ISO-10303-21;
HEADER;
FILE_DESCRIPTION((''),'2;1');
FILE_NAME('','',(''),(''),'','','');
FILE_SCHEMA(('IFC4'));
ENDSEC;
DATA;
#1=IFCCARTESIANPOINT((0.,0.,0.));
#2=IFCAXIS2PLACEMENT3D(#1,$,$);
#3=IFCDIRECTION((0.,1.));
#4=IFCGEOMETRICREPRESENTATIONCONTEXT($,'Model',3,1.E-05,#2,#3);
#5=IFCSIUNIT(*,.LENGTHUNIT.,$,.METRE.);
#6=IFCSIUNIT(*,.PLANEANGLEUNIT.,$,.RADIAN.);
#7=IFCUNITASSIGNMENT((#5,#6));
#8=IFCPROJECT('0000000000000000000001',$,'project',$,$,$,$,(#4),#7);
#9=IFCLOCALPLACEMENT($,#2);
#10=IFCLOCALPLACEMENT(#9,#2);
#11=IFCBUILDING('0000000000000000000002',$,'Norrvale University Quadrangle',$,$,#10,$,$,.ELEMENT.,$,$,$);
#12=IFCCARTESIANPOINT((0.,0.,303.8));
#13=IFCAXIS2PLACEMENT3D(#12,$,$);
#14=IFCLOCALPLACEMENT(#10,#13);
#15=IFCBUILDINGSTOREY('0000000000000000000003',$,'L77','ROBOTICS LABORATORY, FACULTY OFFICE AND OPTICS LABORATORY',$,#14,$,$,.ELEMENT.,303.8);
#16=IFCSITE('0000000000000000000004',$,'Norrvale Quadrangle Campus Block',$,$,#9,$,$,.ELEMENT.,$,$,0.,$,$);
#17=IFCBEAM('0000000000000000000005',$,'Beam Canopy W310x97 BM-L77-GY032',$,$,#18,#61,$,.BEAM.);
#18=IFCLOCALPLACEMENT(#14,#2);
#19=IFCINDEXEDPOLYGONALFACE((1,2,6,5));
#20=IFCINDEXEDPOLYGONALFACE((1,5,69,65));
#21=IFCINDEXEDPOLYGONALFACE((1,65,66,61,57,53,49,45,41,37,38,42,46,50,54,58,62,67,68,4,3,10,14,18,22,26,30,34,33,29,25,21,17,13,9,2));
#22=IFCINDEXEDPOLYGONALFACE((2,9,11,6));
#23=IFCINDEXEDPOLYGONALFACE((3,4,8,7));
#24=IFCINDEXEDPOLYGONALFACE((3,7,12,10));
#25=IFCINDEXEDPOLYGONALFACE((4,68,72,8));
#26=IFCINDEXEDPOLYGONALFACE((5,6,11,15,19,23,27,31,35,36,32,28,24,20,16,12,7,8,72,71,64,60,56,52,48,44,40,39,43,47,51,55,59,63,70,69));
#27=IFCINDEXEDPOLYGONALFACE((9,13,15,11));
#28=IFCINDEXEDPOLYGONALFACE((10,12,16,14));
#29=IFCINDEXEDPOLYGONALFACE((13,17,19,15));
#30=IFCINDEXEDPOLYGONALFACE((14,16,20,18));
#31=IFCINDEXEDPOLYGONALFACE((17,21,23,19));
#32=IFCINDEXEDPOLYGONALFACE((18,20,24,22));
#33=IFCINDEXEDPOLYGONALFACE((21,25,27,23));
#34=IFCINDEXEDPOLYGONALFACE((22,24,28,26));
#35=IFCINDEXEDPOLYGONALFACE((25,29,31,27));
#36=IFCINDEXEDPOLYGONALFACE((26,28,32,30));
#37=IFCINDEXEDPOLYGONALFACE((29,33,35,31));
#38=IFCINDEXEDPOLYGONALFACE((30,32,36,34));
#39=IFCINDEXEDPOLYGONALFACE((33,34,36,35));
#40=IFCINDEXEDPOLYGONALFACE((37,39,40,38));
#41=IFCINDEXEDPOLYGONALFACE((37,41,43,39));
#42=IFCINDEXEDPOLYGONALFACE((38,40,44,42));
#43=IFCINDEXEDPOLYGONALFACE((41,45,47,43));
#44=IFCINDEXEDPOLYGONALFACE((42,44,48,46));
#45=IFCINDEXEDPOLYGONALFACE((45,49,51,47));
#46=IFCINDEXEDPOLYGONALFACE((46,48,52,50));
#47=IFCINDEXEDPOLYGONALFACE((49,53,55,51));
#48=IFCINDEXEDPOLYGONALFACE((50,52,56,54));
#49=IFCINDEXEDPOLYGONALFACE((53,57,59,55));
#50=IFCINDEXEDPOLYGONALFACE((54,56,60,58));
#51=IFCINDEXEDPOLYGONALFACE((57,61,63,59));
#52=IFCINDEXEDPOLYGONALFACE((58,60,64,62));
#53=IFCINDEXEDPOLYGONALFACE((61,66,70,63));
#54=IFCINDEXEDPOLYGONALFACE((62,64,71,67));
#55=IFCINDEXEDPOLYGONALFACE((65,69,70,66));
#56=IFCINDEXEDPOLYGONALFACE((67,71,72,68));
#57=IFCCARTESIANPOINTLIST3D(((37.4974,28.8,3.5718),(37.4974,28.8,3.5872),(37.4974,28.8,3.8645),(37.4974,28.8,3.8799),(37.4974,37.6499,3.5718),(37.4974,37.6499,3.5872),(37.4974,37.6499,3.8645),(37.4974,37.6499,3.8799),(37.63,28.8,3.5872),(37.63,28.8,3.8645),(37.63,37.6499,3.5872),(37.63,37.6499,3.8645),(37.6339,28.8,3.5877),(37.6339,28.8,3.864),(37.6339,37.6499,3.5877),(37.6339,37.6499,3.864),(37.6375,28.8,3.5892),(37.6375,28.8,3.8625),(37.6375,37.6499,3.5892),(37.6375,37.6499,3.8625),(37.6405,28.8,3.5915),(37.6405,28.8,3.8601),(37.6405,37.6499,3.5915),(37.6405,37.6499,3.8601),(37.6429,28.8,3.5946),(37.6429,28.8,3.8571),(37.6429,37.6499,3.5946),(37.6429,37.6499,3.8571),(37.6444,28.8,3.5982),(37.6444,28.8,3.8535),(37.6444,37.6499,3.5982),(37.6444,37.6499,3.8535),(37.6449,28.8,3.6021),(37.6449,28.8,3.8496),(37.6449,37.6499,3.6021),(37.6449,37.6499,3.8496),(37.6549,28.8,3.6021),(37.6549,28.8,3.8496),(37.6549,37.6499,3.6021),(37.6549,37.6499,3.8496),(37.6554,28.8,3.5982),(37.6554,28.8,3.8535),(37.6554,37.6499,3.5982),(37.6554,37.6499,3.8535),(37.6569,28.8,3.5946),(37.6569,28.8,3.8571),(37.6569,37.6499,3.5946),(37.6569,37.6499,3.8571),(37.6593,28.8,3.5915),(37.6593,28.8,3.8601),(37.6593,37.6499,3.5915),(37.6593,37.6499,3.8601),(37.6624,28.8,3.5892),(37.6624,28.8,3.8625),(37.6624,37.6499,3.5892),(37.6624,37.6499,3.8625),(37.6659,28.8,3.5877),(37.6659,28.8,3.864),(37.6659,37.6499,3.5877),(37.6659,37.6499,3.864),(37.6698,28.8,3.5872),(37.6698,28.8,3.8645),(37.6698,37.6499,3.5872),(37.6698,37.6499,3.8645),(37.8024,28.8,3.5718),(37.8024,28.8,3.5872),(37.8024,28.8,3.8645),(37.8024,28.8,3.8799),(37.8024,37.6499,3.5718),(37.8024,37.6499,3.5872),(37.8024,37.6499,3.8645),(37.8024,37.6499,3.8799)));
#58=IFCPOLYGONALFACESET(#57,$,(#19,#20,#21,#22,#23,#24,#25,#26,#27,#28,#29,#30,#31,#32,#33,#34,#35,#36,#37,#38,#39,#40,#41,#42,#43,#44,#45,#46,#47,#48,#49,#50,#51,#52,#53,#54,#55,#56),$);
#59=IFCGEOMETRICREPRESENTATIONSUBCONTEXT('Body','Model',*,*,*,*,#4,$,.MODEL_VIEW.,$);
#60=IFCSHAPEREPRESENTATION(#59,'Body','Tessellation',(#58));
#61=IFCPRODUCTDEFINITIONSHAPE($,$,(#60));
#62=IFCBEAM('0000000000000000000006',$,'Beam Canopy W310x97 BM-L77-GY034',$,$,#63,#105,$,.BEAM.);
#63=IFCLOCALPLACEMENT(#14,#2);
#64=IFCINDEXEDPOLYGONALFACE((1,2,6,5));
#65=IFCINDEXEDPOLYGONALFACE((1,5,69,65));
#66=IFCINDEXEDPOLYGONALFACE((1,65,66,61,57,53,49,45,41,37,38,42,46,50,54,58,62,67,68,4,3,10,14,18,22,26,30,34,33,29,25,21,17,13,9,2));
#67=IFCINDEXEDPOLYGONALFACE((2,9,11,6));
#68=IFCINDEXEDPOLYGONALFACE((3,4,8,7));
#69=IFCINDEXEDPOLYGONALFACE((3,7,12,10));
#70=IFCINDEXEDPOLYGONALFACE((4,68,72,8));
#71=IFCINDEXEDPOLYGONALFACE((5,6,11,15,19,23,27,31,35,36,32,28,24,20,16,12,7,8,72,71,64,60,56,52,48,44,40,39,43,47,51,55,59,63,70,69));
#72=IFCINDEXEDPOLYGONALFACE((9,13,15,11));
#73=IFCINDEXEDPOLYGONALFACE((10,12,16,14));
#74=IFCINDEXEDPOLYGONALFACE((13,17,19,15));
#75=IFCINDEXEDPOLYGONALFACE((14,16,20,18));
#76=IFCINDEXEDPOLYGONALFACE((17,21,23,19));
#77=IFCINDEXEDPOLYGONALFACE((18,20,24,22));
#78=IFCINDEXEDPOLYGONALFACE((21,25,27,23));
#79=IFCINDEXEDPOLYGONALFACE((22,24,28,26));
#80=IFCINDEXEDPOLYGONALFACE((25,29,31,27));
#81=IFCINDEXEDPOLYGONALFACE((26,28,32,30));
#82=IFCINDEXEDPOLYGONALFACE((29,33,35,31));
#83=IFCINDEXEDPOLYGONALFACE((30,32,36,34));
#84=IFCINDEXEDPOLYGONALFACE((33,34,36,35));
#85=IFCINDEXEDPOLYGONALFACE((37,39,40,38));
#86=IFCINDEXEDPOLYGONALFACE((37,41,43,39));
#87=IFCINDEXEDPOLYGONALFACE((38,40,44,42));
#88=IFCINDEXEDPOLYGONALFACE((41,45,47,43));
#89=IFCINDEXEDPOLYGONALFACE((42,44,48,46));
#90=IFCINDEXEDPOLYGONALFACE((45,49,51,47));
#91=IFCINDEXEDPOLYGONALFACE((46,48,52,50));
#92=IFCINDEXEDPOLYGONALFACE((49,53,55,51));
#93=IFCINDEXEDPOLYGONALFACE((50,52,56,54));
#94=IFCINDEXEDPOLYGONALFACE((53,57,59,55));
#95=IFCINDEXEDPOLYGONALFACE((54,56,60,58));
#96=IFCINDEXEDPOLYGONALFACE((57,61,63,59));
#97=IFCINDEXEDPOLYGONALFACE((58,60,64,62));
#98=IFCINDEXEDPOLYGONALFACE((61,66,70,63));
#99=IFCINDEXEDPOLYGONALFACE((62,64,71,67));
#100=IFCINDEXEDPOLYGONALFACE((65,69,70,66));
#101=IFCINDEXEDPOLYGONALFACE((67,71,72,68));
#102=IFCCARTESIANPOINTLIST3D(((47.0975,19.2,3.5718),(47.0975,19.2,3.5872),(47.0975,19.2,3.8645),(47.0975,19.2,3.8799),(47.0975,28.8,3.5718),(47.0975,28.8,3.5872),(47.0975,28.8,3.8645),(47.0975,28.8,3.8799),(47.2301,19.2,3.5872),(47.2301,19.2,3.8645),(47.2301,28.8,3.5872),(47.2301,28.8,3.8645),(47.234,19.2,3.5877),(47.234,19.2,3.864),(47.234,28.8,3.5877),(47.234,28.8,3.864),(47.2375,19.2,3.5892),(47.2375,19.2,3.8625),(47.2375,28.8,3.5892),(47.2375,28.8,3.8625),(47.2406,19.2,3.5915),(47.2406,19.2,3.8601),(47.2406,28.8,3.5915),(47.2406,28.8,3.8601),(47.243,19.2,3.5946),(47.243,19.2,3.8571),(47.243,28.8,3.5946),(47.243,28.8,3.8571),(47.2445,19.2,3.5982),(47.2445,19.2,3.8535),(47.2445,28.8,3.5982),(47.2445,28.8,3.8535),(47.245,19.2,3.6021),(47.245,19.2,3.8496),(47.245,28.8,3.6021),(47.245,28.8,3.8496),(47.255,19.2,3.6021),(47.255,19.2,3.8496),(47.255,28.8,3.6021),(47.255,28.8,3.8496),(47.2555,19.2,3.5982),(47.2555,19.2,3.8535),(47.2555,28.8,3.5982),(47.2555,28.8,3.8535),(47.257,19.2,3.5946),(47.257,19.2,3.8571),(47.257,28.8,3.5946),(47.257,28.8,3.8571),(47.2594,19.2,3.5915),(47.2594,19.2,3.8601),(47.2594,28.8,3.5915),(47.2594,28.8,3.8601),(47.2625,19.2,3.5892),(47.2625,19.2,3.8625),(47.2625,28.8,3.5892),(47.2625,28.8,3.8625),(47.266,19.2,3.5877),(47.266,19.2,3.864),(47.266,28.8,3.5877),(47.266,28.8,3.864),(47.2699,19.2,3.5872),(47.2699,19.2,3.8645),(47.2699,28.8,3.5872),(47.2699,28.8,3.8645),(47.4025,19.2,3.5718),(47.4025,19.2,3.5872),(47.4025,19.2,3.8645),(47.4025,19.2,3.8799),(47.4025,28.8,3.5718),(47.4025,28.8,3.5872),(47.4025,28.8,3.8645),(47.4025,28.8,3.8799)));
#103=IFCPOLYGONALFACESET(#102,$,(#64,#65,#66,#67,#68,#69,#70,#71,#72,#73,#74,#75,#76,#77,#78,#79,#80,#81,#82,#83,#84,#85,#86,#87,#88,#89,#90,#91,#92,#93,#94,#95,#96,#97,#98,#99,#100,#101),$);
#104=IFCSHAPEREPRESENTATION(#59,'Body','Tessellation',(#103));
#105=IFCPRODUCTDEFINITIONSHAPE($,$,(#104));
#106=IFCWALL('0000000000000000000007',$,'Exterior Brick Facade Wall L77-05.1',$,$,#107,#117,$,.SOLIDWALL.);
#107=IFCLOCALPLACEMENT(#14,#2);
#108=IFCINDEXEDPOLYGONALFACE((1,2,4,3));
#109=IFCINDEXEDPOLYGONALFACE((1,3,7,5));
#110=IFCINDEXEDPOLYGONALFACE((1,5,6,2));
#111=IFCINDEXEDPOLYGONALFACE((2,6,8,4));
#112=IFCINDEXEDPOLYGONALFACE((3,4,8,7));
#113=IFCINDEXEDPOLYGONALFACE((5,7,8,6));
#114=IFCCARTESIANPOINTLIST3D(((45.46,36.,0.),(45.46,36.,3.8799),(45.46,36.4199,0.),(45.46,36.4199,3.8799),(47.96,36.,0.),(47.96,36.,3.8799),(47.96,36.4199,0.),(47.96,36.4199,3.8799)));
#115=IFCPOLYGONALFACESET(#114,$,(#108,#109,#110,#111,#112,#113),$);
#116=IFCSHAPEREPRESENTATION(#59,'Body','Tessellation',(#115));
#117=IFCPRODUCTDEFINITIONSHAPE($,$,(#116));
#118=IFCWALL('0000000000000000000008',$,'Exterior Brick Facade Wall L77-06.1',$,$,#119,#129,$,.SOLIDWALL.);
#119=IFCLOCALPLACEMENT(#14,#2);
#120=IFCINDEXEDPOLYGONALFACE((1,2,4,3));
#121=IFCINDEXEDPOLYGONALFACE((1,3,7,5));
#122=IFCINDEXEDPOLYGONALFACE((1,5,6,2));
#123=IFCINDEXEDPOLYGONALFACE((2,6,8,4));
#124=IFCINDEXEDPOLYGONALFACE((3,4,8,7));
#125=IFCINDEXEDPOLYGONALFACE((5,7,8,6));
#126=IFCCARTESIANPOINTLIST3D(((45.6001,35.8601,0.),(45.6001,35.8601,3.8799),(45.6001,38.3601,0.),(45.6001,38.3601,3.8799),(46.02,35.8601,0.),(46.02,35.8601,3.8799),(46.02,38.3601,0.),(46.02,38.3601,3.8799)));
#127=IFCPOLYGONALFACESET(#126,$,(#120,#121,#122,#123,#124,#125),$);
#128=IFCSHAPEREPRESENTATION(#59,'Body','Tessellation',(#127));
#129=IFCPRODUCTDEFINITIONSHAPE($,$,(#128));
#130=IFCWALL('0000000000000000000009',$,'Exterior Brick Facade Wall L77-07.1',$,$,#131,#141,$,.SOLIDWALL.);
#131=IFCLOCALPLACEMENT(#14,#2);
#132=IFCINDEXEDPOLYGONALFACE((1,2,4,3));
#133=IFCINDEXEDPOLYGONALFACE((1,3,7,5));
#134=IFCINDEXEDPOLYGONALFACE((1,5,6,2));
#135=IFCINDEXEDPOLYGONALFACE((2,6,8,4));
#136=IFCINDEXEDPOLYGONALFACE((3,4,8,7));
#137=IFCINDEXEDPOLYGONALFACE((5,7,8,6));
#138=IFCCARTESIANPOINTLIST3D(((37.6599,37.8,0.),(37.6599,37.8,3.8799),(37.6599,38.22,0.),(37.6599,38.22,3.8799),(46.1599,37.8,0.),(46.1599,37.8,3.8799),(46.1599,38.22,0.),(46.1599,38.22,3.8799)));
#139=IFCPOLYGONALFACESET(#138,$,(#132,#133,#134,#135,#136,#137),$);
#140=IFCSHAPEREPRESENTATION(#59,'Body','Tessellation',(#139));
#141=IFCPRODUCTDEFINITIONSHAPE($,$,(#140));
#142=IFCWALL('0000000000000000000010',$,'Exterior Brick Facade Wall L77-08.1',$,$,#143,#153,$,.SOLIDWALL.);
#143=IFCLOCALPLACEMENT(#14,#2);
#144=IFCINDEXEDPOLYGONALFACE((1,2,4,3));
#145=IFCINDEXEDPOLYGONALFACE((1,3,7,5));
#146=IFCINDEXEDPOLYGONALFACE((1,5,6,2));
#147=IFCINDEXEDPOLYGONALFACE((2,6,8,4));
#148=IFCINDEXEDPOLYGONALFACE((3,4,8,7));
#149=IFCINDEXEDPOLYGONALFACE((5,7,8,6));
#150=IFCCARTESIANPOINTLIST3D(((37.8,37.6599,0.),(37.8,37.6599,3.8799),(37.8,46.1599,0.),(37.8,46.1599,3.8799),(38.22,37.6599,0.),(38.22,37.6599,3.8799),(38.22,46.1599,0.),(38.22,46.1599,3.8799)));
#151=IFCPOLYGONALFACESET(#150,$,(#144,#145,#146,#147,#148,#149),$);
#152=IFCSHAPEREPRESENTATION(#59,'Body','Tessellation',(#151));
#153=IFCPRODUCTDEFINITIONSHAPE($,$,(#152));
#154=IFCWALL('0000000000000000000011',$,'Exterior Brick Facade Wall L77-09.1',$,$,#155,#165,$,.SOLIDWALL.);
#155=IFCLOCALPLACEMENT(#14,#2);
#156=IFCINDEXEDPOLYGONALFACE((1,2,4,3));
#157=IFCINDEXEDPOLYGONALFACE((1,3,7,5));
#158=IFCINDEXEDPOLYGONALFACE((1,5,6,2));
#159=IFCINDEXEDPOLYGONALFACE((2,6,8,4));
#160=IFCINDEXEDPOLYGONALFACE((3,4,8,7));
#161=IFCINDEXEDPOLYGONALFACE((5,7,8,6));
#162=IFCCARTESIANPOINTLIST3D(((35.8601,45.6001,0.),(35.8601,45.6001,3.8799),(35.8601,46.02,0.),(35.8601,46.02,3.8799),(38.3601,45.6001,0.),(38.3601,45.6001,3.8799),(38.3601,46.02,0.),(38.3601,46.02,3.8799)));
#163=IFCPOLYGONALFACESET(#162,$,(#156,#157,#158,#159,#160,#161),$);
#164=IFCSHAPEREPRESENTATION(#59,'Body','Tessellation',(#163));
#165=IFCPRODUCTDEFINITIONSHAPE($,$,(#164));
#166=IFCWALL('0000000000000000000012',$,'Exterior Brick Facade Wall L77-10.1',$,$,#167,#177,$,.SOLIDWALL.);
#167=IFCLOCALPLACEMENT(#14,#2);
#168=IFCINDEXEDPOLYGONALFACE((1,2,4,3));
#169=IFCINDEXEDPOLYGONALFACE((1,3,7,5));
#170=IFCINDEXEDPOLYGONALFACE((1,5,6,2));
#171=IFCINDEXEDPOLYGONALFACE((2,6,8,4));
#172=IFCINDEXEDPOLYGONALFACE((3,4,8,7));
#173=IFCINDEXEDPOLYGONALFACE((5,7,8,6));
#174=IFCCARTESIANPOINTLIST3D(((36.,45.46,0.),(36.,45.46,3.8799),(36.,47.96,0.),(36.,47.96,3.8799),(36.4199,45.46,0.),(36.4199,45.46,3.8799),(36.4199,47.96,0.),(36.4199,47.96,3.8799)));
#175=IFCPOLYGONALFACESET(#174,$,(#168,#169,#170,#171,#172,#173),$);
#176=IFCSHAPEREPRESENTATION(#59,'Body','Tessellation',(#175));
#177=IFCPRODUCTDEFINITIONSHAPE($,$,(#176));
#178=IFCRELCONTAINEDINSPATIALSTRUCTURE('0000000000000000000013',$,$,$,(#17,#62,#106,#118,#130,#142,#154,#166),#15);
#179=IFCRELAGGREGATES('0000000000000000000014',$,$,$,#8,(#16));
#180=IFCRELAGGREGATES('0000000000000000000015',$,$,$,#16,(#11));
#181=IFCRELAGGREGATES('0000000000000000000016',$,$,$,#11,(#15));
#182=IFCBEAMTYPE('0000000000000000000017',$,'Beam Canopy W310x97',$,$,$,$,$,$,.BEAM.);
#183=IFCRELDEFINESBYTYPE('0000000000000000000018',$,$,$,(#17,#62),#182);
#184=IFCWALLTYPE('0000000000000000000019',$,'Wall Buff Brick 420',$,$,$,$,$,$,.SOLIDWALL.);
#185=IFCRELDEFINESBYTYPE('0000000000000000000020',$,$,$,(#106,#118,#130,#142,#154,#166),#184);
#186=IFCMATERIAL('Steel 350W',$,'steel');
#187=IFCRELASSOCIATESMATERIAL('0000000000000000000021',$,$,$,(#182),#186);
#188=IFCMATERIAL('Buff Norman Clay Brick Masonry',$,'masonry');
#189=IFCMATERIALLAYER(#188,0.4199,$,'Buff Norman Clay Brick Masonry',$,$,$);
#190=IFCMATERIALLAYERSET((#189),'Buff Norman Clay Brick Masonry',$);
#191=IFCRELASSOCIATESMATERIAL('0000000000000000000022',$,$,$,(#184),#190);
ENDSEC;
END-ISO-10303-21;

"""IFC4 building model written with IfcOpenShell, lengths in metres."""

from ifc_helpers import new_model, si_unit, direction, frame, frame_2d, origin, origin_2d, place, context, subcontext, project, spatial, rectangle, i_section, extrude, material, layer, layer_set, material_profile, profile_set, type_object, element, save


model = new_model("IFC4")

# Units and contexts
model_context = context("Model", 3, precision=1e-05, world=origin(), true_north=direction((0.0, 1.0)))
body_context = subcontext(model_context, "Body", "Model", "MODEL_VIEW")
ifc_project = project(units=[si_unit("LENGTHUNIT", "METRE"), si_unit("PLANEANGLEUNIT", "RADIAN")], contexts=[model_context])

# Site, building, storey
site_placement = place(None, origin())
site = spatial("IfcSite", under=ifc_project, at=site_placement, Name="Norrvale Quadrangle Campus Block", CompositionType="ELEMENT", RefElevation=0.0)
building_placement = place(site_placement, origin())
building = spatial("IfcBuilding", under=site, at=building_placement, Name="Norrvale University Quadrangle", CompositionType="ELEMENT")
storey_placement = place(building_placement, frame((0.0, 0.0, 303.8)))
storey = spatial("IfcBuildingStorey", under=building, at=storey_placement, Name="L77", Description="ROBOTICS LABORATORY, FACULTY OFFICE AND OPTICS LABORATORY", CompositionType="ELEMENT", Elevation=303.8)

# Beams
ifc_material_1 = material(Name="Steel 350W", Category="steel")
ifc_material_profile_1 = material_profile(ifc_material_1, i_section(OverallWidth=0.3049, OverallDepth=0.3081, WebThickness=0.01, FlangeThickness=0.0154, FilletRadius=0.0149, at=origin_2d()), Name="Steel 350W")
ifc_profile_set_1 = profile_set([ifc_material_profile_1], Name="Steel 350W")
beam_type_1 = type_object("IfcBeamType", Name="Beam Canopy W310x97", PredefinedType="BEAM", material=ifc_profile_set_1)
beam_1_placement = place(storey_placement, frame((37.6499, 28.8, 3.7258), z_axis=(0.0, 1.0, 0.0), x_axis=(-1.0, 0.0, 0.0)))
element("IfcBeam", 1, at=beam_1_placement, inside=storey, type_object=beam_type_1, Name="Beam Canopy W310x97 BM-L77-GY032", PredefinedType="BEAM", context=body_context, shape_type="SweptSolid", body=[
    extrude(i_section(OverallWidth=0.3049, OverallDepth=0.3081, WebThickness=0.01, FlangeThickness=0.0154, FilletRadius=0.0149, at=origin_2d()), origin(), (0.0, 0.0, 1.0), 8.8499),
])
beam_2_placement = place(storey_placement, frame((47.25, 19.2, 3.7258), z_axis=(0.0, 1.0, 0.0), x_axis=(-1.0, 0.0, 0.0)))
element("IfcBeam", 2, at=beam_2_placement, inside=storey, type_object=beam_type_1, Name="Beam Canopy W310x97 BM-L77-GY034", PredefinedType="BEAM", context=body_context, shape_type="SweptSolid", body=[
    extrude(i_section(OverallWidth=0.3049, OverallDepth=0.3081, WebThickness=0.01, FlangeThickness=0.0154, FilletRadius=0.0149, at=origin_2d()), origin(), (0.0, 0.0, 1.0), 9.6001),
])

# Walls
ifc_material_2 = material(Name="Buff Norman Clay Brick Masonry", Category="masonry")
ifc_layer_1 = layer(ifc_material_2, 0.4199, Name="Buff Norman Clay Brick Masonry")
ifc_layer_set_1 = layer_set([ifc_layer_1], Name="Buff Norman Clay Brick Masonry")
wall_type_1 = type_object("IfcWallType", Name="Wall Buff Brick 420", PredefinedType="SOLIDWALL", material=ifc_layer_set_1)
for number, where, z_axis, x_axis, name in (
    (3, (47.96, 36.21, 0.0), (0.0, 0.0, 1.0), (-1.0, 0.0, 0.0), "Exterior Brick Facade Wall L77-05.1"),
    (4, (45.8101, 35.8601, 0.0), (0.0, 0.0, 1.0), (0.0, 1.0, 0.0), "Exterior Brick Facade Wall L77-06.1"),
):
    element("IfcWall", number, at=place(storey_placement, frame(where, z_axis=z_axis, x_axis=x_axis)), inside=storey, type_object=wall_type_1, Name=name, PredefinedType="SOLIDWALL", context=body_context, shape_type="SweptSolid", body=[
        extrude(rectangle(XDim=2.5, YDim=0.4199, at=frame_2d((1.25, 0.0))), origin(), (0.0, 0.0, 1.0), 3.8799),
    ])
for number, where, z_axis, x_axis, name in (
    (5, (46.1599, 38.01, 0.0), (0.0, 0.0, 1.0), (-1.0, 0.0, 0.0), "Exterior Brick Facade Wall L77-07.1"),
    (6, (38.01, 37.6599, 0.0), (0.0, 0.0, 1.0), (0.0, 1.0, 0.0), "Exterior Brick Facade Wall L77-08.1"),
):
    element("IfcWall", number, at=place(storey_placement, frame(where, z_axis=z_axis, x_axis=x_axis)), inside=storey, type_object=wall_type_1, Name=name, PredefinedType="SOLIDWALL", context=body_context, shape_type="SweptSolid", body=[
        extrude(rectangle(XDim=8.5, YDim=0.4199, at=frame_2d((4.25, 0.0))), origin(), (0.0, 0.0, 1.0), 3.8799),
    ])
for number, where, z_axis, x_axis, name in (
    (7, (38.3601, 45.8101, 0.0), (0.0, 0.0, 1.0), (-1.0, 0.0, 0.0), "Exterior Brick Facade Wall L77-09.1"),
    (8, (36.21, 45.46, 0.0), (0.0, 0.0, 1.0), (0.0, 1.0, 0.0), "Exterior Brick Facade Wall L77-10.1"),
):
    element("IfcWall", number, at=place(storey_placement, frame(where, z_axis=z_axis, x_axis=x_axis)), inside=storey, type_object=wall_type_1, Name=name, PredefinedType="SOLIDWALL", context=body_context, shape_type="SweptSolid", body=[
        extrude(rectangle(XDim=2.5, YDim=0.4199, at=frame_2d((1.25, 0.0))), origin(), (0.0, 0.0, 1.0), 3.8799),
    ])

save(model, "model.ifc")
